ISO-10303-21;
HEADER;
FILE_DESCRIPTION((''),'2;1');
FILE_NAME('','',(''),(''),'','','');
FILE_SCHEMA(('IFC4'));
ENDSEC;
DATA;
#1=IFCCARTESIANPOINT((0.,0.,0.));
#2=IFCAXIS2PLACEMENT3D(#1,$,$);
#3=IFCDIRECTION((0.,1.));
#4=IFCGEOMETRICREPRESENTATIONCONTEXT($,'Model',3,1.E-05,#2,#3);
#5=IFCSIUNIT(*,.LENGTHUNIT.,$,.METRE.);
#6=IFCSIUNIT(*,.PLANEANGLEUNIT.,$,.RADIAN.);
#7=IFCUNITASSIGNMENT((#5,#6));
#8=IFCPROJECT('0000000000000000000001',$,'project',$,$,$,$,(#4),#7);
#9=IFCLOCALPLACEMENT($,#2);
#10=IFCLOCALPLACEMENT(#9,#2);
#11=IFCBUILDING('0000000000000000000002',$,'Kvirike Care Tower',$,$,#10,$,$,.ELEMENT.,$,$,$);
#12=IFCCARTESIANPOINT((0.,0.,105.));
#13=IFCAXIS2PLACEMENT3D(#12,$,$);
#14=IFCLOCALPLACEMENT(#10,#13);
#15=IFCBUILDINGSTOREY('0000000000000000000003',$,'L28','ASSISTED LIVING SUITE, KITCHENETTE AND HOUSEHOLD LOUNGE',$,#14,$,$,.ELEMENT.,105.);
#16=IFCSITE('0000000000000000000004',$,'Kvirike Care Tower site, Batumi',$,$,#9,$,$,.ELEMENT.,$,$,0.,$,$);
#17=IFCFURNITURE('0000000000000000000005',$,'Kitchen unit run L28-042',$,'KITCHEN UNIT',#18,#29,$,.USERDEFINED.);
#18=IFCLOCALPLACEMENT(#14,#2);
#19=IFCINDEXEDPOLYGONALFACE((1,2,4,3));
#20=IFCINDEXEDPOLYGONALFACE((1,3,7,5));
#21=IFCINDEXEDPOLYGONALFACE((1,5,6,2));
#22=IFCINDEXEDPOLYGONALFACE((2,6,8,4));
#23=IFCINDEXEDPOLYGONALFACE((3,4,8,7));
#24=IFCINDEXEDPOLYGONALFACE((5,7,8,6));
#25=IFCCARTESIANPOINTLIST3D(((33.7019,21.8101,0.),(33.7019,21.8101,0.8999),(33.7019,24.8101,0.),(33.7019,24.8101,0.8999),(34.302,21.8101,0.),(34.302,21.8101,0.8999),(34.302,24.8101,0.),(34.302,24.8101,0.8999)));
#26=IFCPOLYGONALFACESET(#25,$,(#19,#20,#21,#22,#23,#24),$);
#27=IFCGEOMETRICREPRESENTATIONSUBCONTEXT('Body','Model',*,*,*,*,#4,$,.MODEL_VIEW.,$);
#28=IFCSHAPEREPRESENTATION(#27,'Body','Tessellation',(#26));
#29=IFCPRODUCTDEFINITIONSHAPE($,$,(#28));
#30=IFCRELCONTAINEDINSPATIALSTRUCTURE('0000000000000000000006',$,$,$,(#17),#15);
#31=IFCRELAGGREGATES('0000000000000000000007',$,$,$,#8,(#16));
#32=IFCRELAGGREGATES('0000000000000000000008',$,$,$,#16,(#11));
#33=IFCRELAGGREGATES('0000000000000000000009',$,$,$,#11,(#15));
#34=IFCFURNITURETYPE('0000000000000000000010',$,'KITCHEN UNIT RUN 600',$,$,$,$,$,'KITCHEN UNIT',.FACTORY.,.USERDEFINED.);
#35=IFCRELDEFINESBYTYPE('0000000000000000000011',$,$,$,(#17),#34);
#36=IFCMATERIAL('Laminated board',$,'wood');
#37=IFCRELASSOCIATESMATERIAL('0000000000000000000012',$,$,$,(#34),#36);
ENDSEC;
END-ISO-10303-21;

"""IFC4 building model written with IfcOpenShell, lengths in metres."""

from ifc_helpers import new_model, si_unit, direction, frame, origin, origin_2d, place, context, subcontext, project, spatial, rectangle, extrude, material, type_object, element, save


model = new_model("IFC4")

# Units and contexts
model_context = context("Model", 3, precision=1e-05, world=origin(), true_north=direction((0.0, 1.0)))
body_context = subcontext(model_context, "Body", "Model", "MODEL_VIEW")
ifc_project = project(units=[si_unit("LENGTHUNIT", "METRE"), si_unit("PLANEANGLEUNIT", "RADIAN")], contexts=[model_context])

# Site, building, storey
site_placement = place(None, origin())
site = spatial("IfcSite", under=ifc_project, at=site_placement, Name="Kvirike Care Tower site, Batumi", CompositionType="ELEMENT", RefElevation=0.0)
building_placement = place(site_placement, origin())
building = spatial("IfcBuilding", under=site, at=building_placement, Name="Kvirike Care Tower", CompositionType="ELEMENT")
storey_placement = place(building_placement, frame((0.0, 0.0, 105.0)))
storey = spatial("IfcBuildingStorey", under=building, at=storey_placement, Name="L28", Description="ASSISTED LIVING SUITE, KITCHENETTE AND HOUSEHOLD LOUNGE", CompositionType="ELEMENT", Elevation=105.0)

# Furniture
ifc_material_1 = material(Name="Laminated board", Category="wood")
furniture_type = type_object("IfcFurnitureType", Name="KITCHEN UNIT RUN 600", ElementType="KITCHEN UNIT", AssemblyPlace="FACTORY", PredefinedType="USERDEFINED", material=ifc_material_1)
for number, where, z_axis, x_axis, name in (
    (1, (34.002, 23.3101, 0.0), (0.0, 0.0, 1.0), (0.0, 1.0, 0.0), "Kitchen unit run L28-042"),
):
    element("IfcFurniture", number, at=place(storey_placement, frame(where, z_axis=z_axis, x_axis=x_axis)), inside=storey, type_object=furniture_type, Name=name, ObjectType="KITCHEN UNIT", PredefinedType="USERDEFINED", context=body_context, shape_type="SweptSolid", body=[
        extrude(rectangle(XDim=3.0, YDim=0.6001, at=origin_2d()), origin(), (0.0, 0.0, 1.0), 0.8999),
    ])

save(model, "model.ifc")
